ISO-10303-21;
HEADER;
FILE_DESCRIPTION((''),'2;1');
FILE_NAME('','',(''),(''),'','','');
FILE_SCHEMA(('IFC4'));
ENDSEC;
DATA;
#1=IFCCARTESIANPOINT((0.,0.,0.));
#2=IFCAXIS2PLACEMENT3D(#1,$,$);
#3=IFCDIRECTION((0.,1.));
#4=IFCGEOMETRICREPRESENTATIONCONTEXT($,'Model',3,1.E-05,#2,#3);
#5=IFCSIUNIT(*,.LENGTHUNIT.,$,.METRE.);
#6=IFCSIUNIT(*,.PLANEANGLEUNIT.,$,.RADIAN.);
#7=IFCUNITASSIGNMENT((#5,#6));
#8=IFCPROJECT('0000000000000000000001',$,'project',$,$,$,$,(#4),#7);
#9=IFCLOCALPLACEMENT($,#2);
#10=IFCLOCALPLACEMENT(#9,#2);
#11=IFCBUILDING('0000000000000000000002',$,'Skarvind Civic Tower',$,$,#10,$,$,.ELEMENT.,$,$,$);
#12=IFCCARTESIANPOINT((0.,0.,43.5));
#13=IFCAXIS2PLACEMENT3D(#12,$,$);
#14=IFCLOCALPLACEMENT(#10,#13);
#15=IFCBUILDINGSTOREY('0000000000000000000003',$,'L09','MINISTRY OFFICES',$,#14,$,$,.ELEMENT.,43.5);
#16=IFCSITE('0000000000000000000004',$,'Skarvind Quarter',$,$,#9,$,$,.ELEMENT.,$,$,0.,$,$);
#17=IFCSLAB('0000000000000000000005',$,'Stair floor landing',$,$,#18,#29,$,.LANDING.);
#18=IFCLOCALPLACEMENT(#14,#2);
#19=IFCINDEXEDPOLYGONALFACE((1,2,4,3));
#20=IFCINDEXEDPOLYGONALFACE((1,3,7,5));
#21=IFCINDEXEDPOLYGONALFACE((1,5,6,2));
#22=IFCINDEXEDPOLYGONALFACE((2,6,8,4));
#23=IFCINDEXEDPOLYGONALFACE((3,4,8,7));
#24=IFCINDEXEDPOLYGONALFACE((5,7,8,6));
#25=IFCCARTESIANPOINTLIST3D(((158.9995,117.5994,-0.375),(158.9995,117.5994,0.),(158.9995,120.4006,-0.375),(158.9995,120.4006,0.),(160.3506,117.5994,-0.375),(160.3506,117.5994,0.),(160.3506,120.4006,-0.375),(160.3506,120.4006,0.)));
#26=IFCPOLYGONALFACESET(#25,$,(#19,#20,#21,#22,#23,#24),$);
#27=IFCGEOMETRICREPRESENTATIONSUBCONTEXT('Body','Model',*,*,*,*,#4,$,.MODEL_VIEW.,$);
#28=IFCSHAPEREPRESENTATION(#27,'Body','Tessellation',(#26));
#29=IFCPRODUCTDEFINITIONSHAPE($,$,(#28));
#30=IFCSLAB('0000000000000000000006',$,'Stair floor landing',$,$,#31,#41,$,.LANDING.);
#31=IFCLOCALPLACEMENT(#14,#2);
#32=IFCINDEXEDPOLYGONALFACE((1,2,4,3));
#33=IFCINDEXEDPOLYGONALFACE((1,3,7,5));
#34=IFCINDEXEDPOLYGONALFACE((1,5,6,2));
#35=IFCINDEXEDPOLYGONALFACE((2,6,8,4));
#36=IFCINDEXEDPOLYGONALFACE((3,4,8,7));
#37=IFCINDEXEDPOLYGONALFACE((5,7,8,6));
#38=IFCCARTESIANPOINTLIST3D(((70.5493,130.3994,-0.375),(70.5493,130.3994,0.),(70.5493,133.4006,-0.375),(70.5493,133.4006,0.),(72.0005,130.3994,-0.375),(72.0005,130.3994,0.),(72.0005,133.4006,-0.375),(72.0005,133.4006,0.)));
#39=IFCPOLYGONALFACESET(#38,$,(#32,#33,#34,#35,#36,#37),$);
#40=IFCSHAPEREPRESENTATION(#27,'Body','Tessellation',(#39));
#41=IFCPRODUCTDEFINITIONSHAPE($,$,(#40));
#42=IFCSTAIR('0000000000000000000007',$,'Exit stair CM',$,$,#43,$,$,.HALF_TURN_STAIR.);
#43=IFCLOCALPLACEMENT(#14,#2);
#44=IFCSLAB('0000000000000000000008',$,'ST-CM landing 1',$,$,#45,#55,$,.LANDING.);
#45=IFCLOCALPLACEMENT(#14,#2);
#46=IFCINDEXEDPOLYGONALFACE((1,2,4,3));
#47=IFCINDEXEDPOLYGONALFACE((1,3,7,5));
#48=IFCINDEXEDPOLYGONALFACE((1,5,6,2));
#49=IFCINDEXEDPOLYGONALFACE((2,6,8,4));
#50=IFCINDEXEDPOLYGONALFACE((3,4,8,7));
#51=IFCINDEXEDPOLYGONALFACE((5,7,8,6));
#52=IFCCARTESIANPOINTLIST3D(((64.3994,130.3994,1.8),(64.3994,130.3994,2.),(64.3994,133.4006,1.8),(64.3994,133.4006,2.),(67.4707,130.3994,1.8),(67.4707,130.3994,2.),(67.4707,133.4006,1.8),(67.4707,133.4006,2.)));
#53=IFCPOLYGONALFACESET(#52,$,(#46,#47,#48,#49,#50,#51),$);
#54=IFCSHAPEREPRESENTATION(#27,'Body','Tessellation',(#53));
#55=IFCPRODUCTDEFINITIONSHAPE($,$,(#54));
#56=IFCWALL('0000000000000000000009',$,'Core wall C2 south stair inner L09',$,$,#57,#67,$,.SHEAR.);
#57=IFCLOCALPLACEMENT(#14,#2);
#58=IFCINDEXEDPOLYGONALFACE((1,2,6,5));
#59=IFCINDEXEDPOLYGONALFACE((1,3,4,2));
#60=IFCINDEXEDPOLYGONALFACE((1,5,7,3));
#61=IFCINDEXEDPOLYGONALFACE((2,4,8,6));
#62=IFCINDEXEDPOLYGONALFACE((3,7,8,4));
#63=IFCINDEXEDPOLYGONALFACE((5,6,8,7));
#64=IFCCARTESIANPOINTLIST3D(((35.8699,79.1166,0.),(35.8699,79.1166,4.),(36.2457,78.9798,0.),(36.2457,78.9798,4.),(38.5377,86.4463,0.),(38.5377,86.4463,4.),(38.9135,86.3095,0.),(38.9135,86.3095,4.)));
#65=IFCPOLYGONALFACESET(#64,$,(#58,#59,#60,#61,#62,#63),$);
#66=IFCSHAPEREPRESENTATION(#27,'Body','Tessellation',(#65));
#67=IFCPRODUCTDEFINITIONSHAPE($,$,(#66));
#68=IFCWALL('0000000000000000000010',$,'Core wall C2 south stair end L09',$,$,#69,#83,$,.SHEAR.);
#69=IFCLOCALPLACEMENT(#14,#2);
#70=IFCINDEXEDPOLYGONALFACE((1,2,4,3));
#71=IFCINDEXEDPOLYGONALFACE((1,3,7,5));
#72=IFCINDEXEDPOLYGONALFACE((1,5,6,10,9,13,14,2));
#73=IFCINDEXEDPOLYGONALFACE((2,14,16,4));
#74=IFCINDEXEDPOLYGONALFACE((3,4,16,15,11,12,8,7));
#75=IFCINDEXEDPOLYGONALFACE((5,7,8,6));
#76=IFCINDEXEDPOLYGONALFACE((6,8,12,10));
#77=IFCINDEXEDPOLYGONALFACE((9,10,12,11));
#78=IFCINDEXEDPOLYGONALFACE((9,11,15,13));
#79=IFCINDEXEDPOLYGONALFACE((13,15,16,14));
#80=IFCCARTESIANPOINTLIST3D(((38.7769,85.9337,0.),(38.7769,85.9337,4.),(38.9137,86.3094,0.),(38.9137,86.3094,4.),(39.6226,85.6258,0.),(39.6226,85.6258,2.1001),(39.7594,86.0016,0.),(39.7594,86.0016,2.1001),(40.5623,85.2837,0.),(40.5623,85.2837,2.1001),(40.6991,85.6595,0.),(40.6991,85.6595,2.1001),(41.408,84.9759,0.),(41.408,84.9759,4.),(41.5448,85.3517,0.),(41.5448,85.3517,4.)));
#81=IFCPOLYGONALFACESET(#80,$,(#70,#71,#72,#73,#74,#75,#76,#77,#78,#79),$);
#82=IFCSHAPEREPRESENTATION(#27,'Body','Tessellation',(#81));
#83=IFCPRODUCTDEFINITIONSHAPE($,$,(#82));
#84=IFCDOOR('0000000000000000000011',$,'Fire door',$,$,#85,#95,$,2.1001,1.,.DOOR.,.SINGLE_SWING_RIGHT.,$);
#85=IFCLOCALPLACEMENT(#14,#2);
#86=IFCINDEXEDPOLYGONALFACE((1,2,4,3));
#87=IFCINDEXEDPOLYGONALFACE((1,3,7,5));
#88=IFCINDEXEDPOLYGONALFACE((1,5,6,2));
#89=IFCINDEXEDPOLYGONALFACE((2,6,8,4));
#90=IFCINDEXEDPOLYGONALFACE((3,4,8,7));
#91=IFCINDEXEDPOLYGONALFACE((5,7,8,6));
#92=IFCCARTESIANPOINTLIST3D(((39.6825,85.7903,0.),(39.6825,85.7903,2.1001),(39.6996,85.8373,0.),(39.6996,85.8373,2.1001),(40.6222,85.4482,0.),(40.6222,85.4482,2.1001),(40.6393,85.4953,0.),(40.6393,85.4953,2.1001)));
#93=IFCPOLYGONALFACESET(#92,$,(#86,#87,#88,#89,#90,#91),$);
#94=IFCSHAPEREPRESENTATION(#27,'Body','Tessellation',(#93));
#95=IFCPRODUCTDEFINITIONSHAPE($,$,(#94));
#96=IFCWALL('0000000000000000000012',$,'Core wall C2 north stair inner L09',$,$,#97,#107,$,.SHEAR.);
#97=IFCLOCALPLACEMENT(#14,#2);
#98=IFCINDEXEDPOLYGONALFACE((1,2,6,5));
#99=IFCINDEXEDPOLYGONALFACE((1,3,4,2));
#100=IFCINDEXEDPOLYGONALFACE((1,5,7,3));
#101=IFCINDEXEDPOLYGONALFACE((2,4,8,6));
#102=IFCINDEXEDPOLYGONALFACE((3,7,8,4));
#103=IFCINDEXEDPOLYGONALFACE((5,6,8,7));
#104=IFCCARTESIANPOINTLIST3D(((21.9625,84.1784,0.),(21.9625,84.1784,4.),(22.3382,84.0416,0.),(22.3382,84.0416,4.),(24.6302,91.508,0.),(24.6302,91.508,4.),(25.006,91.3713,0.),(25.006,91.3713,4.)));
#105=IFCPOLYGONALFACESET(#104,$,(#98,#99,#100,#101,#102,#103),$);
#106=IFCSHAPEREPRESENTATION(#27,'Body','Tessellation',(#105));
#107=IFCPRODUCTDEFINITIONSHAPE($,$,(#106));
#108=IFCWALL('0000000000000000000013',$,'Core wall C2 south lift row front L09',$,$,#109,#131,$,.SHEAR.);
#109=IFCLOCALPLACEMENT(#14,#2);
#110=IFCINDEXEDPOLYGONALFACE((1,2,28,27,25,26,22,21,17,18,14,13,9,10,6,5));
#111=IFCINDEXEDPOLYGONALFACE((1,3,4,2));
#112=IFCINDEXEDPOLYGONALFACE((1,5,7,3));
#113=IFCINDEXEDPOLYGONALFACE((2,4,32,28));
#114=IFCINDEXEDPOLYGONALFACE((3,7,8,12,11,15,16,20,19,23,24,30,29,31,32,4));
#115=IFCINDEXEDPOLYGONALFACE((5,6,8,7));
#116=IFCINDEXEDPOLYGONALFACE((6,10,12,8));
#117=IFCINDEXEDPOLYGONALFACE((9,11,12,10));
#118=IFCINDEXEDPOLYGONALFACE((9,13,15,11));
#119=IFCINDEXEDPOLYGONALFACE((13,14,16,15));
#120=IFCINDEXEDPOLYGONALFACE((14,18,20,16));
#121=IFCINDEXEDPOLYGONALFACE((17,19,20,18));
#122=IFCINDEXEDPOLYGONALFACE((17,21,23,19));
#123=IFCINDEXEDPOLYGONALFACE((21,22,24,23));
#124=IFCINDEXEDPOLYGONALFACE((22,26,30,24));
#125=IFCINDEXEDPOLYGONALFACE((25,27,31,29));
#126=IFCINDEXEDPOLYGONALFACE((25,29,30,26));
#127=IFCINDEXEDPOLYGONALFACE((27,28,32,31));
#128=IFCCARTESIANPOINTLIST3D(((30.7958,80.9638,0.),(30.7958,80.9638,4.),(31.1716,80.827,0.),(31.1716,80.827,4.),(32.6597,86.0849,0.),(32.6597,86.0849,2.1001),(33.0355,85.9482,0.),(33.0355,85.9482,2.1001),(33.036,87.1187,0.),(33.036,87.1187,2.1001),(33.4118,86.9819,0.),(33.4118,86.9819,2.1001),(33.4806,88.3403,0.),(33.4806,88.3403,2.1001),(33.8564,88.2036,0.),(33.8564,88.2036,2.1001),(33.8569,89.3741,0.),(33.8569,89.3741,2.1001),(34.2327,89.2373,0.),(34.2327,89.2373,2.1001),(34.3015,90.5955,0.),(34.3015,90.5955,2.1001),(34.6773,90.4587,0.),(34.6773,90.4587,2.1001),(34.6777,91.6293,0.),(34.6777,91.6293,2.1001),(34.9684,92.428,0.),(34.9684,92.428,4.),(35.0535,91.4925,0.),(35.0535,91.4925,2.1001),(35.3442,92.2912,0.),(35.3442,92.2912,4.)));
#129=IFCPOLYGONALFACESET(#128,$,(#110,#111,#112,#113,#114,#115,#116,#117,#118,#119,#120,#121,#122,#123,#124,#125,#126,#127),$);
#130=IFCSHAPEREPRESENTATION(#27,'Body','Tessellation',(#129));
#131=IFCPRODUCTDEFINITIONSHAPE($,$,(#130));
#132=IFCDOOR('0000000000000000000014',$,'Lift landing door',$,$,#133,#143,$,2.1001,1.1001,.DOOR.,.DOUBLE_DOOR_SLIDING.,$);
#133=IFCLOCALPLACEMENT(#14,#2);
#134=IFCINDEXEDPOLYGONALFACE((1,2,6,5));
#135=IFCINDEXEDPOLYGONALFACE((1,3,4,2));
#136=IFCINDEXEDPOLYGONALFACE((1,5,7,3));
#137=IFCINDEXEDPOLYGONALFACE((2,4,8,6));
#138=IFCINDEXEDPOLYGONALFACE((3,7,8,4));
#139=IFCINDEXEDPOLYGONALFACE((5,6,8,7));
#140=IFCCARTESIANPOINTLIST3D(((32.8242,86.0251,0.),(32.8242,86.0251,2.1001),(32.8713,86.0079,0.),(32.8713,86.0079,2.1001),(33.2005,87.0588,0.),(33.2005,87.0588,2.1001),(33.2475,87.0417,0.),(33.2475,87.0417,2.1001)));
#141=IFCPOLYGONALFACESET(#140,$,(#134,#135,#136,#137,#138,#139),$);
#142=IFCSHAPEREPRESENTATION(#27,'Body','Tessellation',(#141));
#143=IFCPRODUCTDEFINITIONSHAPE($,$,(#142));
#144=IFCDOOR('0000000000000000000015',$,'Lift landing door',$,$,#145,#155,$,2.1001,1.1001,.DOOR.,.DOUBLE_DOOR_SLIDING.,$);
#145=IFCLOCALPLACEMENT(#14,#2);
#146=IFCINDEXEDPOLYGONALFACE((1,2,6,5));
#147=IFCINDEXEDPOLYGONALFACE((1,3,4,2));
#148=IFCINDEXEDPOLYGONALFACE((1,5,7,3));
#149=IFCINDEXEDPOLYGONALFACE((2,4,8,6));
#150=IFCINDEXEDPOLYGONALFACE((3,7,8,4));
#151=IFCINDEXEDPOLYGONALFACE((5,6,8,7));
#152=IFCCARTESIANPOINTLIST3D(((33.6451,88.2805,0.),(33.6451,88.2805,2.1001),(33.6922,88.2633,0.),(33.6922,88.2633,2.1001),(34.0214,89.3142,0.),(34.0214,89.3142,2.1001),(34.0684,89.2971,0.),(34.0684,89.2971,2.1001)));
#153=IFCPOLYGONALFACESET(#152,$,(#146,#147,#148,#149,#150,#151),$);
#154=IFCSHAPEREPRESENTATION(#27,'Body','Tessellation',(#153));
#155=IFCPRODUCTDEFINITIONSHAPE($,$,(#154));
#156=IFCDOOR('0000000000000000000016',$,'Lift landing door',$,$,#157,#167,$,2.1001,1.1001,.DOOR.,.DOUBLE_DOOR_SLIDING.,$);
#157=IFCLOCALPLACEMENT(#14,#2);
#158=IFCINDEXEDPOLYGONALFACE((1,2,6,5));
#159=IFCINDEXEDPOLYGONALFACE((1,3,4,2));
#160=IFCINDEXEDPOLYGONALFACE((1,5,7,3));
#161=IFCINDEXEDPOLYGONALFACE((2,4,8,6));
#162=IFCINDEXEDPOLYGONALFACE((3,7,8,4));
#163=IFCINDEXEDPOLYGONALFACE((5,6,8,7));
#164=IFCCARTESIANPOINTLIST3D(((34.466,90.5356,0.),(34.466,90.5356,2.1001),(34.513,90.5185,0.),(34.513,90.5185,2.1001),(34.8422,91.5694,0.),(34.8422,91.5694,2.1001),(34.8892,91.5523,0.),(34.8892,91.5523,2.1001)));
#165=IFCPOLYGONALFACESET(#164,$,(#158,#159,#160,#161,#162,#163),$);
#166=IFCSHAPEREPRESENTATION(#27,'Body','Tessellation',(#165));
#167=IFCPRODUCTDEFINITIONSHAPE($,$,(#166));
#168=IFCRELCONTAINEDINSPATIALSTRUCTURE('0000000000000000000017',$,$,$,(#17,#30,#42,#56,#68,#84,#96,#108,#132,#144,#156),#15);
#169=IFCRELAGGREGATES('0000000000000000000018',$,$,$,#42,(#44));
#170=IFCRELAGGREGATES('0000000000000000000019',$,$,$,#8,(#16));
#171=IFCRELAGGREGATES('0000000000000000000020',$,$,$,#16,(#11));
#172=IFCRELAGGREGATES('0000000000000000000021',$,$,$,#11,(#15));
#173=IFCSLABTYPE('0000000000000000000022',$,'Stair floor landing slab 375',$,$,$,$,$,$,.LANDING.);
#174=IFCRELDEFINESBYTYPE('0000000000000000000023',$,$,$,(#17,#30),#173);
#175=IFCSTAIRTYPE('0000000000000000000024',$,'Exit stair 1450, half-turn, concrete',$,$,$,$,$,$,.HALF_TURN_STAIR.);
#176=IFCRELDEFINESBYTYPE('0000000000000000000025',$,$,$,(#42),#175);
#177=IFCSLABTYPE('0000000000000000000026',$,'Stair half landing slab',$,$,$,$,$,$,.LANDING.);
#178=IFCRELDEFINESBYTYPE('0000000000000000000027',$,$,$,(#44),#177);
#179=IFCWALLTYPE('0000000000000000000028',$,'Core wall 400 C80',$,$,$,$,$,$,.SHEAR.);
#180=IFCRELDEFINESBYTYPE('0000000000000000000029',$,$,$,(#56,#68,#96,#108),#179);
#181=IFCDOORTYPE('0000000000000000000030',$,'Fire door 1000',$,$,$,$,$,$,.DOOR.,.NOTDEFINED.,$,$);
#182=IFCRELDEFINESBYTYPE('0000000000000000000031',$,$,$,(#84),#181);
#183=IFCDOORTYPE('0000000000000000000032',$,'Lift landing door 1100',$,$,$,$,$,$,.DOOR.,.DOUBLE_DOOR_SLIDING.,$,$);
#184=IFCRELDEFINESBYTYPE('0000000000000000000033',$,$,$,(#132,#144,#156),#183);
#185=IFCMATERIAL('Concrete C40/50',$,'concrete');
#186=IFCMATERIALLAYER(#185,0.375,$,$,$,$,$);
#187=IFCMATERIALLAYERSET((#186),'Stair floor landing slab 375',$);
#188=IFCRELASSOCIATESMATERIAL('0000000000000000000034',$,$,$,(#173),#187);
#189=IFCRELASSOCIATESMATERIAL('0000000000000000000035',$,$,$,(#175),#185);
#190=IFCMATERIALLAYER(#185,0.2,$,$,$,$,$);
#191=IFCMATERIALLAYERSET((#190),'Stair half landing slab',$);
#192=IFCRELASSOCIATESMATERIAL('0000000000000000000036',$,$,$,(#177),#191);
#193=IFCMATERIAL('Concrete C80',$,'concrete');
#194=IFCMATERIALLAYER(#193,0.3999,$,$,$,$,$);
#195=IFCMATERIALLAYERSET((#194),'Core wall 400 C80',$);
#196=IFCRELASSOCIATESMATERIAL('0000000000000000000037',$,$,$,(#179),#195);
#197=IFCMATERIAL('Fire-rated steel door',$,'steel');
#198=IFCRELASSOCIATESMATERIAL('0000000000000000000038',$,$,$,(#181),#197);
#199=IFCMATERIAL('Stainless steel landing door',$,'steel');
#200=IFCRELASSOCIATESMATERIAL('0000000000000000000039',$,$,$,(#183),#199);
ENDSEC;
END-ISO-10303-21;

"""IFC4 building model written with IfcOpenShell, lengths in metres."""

from ifc_helpers import new_model, si_unit, direction, frame, frame_2d, origin, place, context, subcontext, project, spatial, polyline, rectangle, outline, extrude, material, layer, layer_set, type_object, element, fill, aggregate, save


model = new_model("IFC4")

# Units and contexts
model_context = context("Model", 3, precision=1e-05, world=origin(), true_north=direction((0.0, 1.0)))
body_context = subcontext(model_context, "Body", "Model", "MODEL_VIEW")
ifc_project = project(units=[si_unit("LENGTHUNIT", "METRE"), si_unit("PLANEANGLEUNIT", "RADIAN")], contexts=[model_context])

# Site, building, storey
site_placement = place(None, origin())
site = spatial("IfcSite", under=ifc_project, at=site_placement, Name="Skarvind Quarter", CompositionType="ELEMENT", RefElevation=0.0)
building_placement = place(site_placement, origin())
building = spatial("IfcBuilding", under=site, at=building_placement, Name="Skarvind Civic Tower", CompositionType="ELEMENT")
storey_placement = place(building_placement, frame((0.0, 0.0, 43.5)))
storey = spatial("IfcBuildingStorey", under=building, at=storey_placement, Name="L09", Description="MINISTRY OFFICES", CompositionType="ELEMENT", Elevation=43.5)

# Slabs
ifc_material_1 = material(Name="Concrete C40/50", Category="concrete")
ifc_layer_1 = layer(ifc_material_1, 0.375)
ifc_layer_set_1 = layer_set([ifc_layer_1], Name="Stair floor landing slab 375")
slab_type_1 = type_object("IfcSlabType", Name="Stair floor landing slab 375", PredefinedType="LANDING", material=ifc_layer_set_1)
slab_1_placement = place(storey_placement, frame((0.0, 0.0, -0.375)))
element("IfcSlab", 1, at=slab_1_placement, inside=storey, type_object=slab_type_1, Name="Stair floor landing", PredefinedType="LANDING", context=body_context, shape_type="SweptSolid", body=[
    extrude(outline(polyline([(160.3506, 120.4006), (160.3506, 117.5994), (158.9995, 117.5994), (158.9995, 120.4006), (160.3506, 120.4006)])), origin(), (0.0, 0.0, 1.0), 0.375),
])
slab_2_placement = place(storey_placement, frame((0.0, 0.0, -0.375)))
element("IfcSlab", 2, at=slab_2_placement, inside=storey, type_object=slab_type_1, Name="Stair floor landing", PredefinedType="LANDING", context=body_context, shape_type="SweptSolid", body=[
    extrude(outline(polyline([(70.5493, 130.3994), (70.5493, 133.4006), (72.0005, 133.4006), (72.0005, 130.3994), (70.5493, 130.3994)])), origin(), (0.0, 0.0, 1.0), 0.375),
])

# Stair, slab
stair_type_1 = type_object("IfcStairType", Name="Exit stair 1450, half-turn, concrete", PredefinedType="HALF_TURN_STAIR", material=ifc_material_1)
stair_1_placement = place(storey_placement, origin())
stair_1 = element("IfcStair", 3, at=stair_1_placement, inside=storey, type_object=stair_type_1, Name="Exit stair CM", PredefinedType="HALF_TURN_STAIR")
ifc_layer_2 = layer(ifc_material_1, 0.2)
ifc_layer_set_2 = layer_set([ifc_layer_2], Name="Stair half landing slab")
slab_type_2 = type_object("IfcSlabType", Name="Stair half landing slab", PredefinedType="LANDING", material=ifc_layer_set_2)
slab_3_placement = place(storey_placement, frame((0.0, 0.0, 1.8)))
slab_3 = element("IfcSlab", 4, at=slab_3_placement, type_object=slab_type_2, Name="ST-CM landing 1", PredefinedType="LANDING", context=body_context, shape_type="SweptSolid", body=[
    extrude(outline(polyline([(67.4707, 133.4006), (67.4707, 130.3994), (64.3994, 130.3994), (64.3994, 133.4006), (67.4707, 133.4006)])), origin(), (0.0, 0.0, 1.0), 0.2),
])
aggregate(stair_1, [slab_3])

# Wall
ifc_material_2 = material(Name="Concrete C80", Category="concrete")
ifc_layer_3 = layer(ifc_material_2, 0.3999)
ifc_layer_set_3 = layer_set([ifc_layer_3], Name="Core wall 400 C80")
wall_type_1 = type_object("IfcWallType", Name="Core wall 400 C80", PredefinedType="SHEAR", material=ifc_layer_set_3)
wall_1_placement = place(storey_placement, frame((36.0579, 79.0483, 0.0), z_axis=(0.0, 0.0, 1.0), x_axis=(0.342017, 0.939694, 0.0)))
element("IfcWall", 5, at=wall_1_placement, inside=storey, type_object=wall_type_1, Name="Core wall C2 south stair inner L09", PredefinedType="SHEAR", context=body_context, shape_type="SweptSolid", body=[
    extrude(rectangle(XDim=7.8, YDim=0.3999, at=frame_2d((3.8999, 0.0))), origin(), (0.0, 0.0, 1.0), 4.0),
])

# Wall, opening, door
wall_2_placement = place(storey_placement, frame((41.4763, 85.1638, 0.0), z_axis=(0.0, 0.0, 1.0), x_axis=(-0.939679, 0.342058, 0.0)))
wall_2 = element("IfcWall", 6, at=wall_2_placement, inside=storey, type_object=wall_type_1, Name="Core wall C2 south stair end L09", PredefinedType="SHEAR", context=body_context, shape_type="SweptSolid", body=[
    extrude(rectangle(XDim=2.8, YDim=0.3999, at=frame_2d((1.3999, 0.0))), origin(), (0.0, 0.0, 1.0), 4.0),
])
opening_1_placement = place(wall_2_placement, frame((0.8999, 0.0, 0.0)))
opening_1 = element("IfcOpeningElement", 7, at=opening_1_placement, cuts=wall_2, PredefinedType="OPENING", context=body_context, shape_type="SweptSolid", body=[
    extrude(rectangle(XDim=1.0, YDim=2.1001, at=frame_2d((0.5, 1.05))), frame((0.0, 0.21, 0.0), z_axis=(0.0, -1.0, 0.0), x_axis=(1.0, 0.0, 0.0)), (0.0, 0.0, 1.0), 0.4199),
])
ifc_material_3 = material(Name="Fire-rated steel door", Category="steel")
door_type_1 = type_object("IfcDoorType", Name="Fire door 1000", OperationType="NOTDEFINED", PredefinedType="DOOR", material=ifc_material_3)
door_1_placement = place(opening_1_placement, origin())
door_1 = element("IfcDoor", 8, at=door_1_placement, inside=storey, type_object=door_type_1, Name="Fire door", OperationType="SINGLE_SWING_RIGHT", OverallHeight=2.1001, OverallWidth=1.0, PredefinedType="DOOR", context=body_context, shape_type="SweptSolid", body=[
    extrude(rectangle(XDim=1.0, YDim=2.1001, at=frame_2d((0.5, 1.05))), frame((0.0, 0.0249, 0.0), z_axis=(0.0, -1.0, 0.0), x_axis=(1.0, 0.0, 0.0)), (0.0, 0.0, 1.0), 0.05),
])
fill(opening_1, door_1)

# Wall
wall_3_placement = place(storey_placement, frame((22.1504, 84.1101, 0.0), z_axis=(0.0, 0.0, 1.0), x_axis=(0.342017, 0.939694, 0.0)))
element("IfcWall", 9, at=wall_3_placement, inside=storey, type_object=wall_type_1, Name="Core wall C2 north stair inner L09", PredefinedType="SHEAR", context=body_context, shape_type="SweptSolid", body=[
    extrude(rectangle(XDim=7.8, YDim=0.3999, at=frame_2d((3.8999, 0.0))), origin(), (0.0, 0.0, 1.0), 4.0),
])

# Wall, openings, doors
wall_4_placement = place(storey_placement, frame((30.9836, 80.8953, 0.0), z_axis=(0.0, 0.0, 1.0), x_axis=(0.342021, 0.939692, 0.0)))
wall_4 = element("IfcWall", 10, at=wall_4_placement, inside=storey, type_object=wall_type_1, Name="Core wall C2 south lift row front L09", PredefinedType="SHEAR", context=body_context, shape_type="SweptSolid", body=[
    extrude(rectangle(XDim=12.2, YDim=0.3999, at=frame_2d((6.1001, 0.0))), origin(), (0.0, 0.0, 1.0), 4.0),
])
opening_2_placement = place(wall_4_placement, frame((5.45, 0.0, 0.0)))
opening_2 = element("IfcOpeningElement", 11, at=opening_2_placement, cuts=wall_4, PredefinedType="OPENING", context=body_context, shape_type="SweptSolid", body=[
    extrude(rectangle(XDim=1.1001, YDim=2.1001, at=frame_2d((0.55, 1.05))), frame((0.0, 0.21, 0.0), z_axis=(0.0, -1.0, 0.0), x_axis=(1.0, 0.0, 0.0)), (0.0, 0.0, 1.0), 0.4199),
])
opening_3_placement = place(wall_4_placement, frame((7.8501, 0.0, 0.0)))
opening_3 = element("IfcOpeningElement", 12, at=opening_3_placement, cuts=wall_4, PredefinedType="OPENING", context=body_context, shape_type="SweptSolid", body=[
    extrude(rectangle(XDim=1.1001, YDim=2.1001, at=frame_2d((0.55, 1.05))), frame((0.0, 0.21, 0.0), z_axis=(0.0, -1.0, 0.0), x_axis=(1.0, 0.0, 0.0)), (0.0, 0.0, 1.0), 0.4199),
])
opening_4_placement = place(wall_4_placement, frame((10.25, 0.0, 0.0)))
opening_4 = element("IfcOpeningElement", 13, at=opening_4_placement, cuts=wall_4, PredefinedType="OPENING", context=body_context, shape_type="SweptSolid", body=[
    extrude(rectangle(XDim=1.1001, YDim=2.1001, at=frame_2d((0.55, 1.05))), frame((0.0, 0.21, 0.0), z_axis=(0.0, -1.0, 0.0), x_axis=(1.0, 0.0, 0.0)), (0.0, 0.0, 1.0), 0.4199),
])
ifc_material_4 = material(Name="Stainless steel landing door", Category="steel")
door_type_2 = type_object("IfcDoorType", Name="Lift landing door 1100", OperationType="DOUBLE_DOOR_SLIDING", PredefinedType="DOOR", material=ifc_material_4)
door_2_placement = place(opening_2_placement, origin())
door_2 = element("IfcDoor", 14, at=door_2_placement, inside=storey, type_object=door_type_2, Name="Lift landing door", OperationType="DOUBLE_DOOR_SLIDING", OverallHeight=2.1001, OverallWidth=1.1001, PredefinedType="DOOR", context=body_context, shape_type="SweptSolid", body=[
    extrude(rectangle(XDim=1.1001, YDim=2.1001, at=frame_2d((0.55, 1.05))), frame((0.0, 0.0249, 0.0), z_axis=(0.0, -1.0, 0.0), x_axis=(1.0, 0.0, 0.0)), (0.0, 0.0, 1.0), 0.05),
])
fill(opening_2, door_2)
door_3_placement = place(opening_3_placement, origin())
door_3 = element("IfcDoor", 15, at=door_3_placement, inside=storey, type_object=door_type_2, Name="Lift landing door", OperationType="DOUBLE_DOOR_SLIDING", OverallHeight=2.1001, OverallWidth=1.1001, PredefinedType="DOOR", context=body_context, shape_type="SweptSolid", body=[
    extrude(rectangle(XDim=1.1001, YDim=2.1001, at=frame_2d((0.55, 1.05))), frame((0.0, 0.0249, 0.0), z_axis=(0.0, -1.0, 0.0), x_axis=(1.0, 0.0, 0.0)), (0.0, 0.0, 1.0), 0.05),
])
fill(opening_3, door_3)
door_4_placement = place(opening_4_placement, origin())
door_4 = element("IfcDoor", 16, at=door_4_placement, inside=storey, type_object=door_type_2, Name="Lift landing door", OperationType="DOUBLE_DOOR_SLIDING", OverallHeight=2.1001, OverallWidth=1.1001, PredefinedType="DOOR", context=body_context, shape_type="SweptSolid", body=[
    extrude(rectangle(XDim=1.1001, YDim=2.1001, at=frame_2d((0.55, 1.05))), frame((0.0, 0.0249, 0.0), z_axis=(0.0, -1.0, 0.0), x_axis=(1.0, 0.0, 0.0)), (0.0, 0.0, 1.0), 0.05),
])
fill(opening_4, door_4)

save(model, "model.ifc")
